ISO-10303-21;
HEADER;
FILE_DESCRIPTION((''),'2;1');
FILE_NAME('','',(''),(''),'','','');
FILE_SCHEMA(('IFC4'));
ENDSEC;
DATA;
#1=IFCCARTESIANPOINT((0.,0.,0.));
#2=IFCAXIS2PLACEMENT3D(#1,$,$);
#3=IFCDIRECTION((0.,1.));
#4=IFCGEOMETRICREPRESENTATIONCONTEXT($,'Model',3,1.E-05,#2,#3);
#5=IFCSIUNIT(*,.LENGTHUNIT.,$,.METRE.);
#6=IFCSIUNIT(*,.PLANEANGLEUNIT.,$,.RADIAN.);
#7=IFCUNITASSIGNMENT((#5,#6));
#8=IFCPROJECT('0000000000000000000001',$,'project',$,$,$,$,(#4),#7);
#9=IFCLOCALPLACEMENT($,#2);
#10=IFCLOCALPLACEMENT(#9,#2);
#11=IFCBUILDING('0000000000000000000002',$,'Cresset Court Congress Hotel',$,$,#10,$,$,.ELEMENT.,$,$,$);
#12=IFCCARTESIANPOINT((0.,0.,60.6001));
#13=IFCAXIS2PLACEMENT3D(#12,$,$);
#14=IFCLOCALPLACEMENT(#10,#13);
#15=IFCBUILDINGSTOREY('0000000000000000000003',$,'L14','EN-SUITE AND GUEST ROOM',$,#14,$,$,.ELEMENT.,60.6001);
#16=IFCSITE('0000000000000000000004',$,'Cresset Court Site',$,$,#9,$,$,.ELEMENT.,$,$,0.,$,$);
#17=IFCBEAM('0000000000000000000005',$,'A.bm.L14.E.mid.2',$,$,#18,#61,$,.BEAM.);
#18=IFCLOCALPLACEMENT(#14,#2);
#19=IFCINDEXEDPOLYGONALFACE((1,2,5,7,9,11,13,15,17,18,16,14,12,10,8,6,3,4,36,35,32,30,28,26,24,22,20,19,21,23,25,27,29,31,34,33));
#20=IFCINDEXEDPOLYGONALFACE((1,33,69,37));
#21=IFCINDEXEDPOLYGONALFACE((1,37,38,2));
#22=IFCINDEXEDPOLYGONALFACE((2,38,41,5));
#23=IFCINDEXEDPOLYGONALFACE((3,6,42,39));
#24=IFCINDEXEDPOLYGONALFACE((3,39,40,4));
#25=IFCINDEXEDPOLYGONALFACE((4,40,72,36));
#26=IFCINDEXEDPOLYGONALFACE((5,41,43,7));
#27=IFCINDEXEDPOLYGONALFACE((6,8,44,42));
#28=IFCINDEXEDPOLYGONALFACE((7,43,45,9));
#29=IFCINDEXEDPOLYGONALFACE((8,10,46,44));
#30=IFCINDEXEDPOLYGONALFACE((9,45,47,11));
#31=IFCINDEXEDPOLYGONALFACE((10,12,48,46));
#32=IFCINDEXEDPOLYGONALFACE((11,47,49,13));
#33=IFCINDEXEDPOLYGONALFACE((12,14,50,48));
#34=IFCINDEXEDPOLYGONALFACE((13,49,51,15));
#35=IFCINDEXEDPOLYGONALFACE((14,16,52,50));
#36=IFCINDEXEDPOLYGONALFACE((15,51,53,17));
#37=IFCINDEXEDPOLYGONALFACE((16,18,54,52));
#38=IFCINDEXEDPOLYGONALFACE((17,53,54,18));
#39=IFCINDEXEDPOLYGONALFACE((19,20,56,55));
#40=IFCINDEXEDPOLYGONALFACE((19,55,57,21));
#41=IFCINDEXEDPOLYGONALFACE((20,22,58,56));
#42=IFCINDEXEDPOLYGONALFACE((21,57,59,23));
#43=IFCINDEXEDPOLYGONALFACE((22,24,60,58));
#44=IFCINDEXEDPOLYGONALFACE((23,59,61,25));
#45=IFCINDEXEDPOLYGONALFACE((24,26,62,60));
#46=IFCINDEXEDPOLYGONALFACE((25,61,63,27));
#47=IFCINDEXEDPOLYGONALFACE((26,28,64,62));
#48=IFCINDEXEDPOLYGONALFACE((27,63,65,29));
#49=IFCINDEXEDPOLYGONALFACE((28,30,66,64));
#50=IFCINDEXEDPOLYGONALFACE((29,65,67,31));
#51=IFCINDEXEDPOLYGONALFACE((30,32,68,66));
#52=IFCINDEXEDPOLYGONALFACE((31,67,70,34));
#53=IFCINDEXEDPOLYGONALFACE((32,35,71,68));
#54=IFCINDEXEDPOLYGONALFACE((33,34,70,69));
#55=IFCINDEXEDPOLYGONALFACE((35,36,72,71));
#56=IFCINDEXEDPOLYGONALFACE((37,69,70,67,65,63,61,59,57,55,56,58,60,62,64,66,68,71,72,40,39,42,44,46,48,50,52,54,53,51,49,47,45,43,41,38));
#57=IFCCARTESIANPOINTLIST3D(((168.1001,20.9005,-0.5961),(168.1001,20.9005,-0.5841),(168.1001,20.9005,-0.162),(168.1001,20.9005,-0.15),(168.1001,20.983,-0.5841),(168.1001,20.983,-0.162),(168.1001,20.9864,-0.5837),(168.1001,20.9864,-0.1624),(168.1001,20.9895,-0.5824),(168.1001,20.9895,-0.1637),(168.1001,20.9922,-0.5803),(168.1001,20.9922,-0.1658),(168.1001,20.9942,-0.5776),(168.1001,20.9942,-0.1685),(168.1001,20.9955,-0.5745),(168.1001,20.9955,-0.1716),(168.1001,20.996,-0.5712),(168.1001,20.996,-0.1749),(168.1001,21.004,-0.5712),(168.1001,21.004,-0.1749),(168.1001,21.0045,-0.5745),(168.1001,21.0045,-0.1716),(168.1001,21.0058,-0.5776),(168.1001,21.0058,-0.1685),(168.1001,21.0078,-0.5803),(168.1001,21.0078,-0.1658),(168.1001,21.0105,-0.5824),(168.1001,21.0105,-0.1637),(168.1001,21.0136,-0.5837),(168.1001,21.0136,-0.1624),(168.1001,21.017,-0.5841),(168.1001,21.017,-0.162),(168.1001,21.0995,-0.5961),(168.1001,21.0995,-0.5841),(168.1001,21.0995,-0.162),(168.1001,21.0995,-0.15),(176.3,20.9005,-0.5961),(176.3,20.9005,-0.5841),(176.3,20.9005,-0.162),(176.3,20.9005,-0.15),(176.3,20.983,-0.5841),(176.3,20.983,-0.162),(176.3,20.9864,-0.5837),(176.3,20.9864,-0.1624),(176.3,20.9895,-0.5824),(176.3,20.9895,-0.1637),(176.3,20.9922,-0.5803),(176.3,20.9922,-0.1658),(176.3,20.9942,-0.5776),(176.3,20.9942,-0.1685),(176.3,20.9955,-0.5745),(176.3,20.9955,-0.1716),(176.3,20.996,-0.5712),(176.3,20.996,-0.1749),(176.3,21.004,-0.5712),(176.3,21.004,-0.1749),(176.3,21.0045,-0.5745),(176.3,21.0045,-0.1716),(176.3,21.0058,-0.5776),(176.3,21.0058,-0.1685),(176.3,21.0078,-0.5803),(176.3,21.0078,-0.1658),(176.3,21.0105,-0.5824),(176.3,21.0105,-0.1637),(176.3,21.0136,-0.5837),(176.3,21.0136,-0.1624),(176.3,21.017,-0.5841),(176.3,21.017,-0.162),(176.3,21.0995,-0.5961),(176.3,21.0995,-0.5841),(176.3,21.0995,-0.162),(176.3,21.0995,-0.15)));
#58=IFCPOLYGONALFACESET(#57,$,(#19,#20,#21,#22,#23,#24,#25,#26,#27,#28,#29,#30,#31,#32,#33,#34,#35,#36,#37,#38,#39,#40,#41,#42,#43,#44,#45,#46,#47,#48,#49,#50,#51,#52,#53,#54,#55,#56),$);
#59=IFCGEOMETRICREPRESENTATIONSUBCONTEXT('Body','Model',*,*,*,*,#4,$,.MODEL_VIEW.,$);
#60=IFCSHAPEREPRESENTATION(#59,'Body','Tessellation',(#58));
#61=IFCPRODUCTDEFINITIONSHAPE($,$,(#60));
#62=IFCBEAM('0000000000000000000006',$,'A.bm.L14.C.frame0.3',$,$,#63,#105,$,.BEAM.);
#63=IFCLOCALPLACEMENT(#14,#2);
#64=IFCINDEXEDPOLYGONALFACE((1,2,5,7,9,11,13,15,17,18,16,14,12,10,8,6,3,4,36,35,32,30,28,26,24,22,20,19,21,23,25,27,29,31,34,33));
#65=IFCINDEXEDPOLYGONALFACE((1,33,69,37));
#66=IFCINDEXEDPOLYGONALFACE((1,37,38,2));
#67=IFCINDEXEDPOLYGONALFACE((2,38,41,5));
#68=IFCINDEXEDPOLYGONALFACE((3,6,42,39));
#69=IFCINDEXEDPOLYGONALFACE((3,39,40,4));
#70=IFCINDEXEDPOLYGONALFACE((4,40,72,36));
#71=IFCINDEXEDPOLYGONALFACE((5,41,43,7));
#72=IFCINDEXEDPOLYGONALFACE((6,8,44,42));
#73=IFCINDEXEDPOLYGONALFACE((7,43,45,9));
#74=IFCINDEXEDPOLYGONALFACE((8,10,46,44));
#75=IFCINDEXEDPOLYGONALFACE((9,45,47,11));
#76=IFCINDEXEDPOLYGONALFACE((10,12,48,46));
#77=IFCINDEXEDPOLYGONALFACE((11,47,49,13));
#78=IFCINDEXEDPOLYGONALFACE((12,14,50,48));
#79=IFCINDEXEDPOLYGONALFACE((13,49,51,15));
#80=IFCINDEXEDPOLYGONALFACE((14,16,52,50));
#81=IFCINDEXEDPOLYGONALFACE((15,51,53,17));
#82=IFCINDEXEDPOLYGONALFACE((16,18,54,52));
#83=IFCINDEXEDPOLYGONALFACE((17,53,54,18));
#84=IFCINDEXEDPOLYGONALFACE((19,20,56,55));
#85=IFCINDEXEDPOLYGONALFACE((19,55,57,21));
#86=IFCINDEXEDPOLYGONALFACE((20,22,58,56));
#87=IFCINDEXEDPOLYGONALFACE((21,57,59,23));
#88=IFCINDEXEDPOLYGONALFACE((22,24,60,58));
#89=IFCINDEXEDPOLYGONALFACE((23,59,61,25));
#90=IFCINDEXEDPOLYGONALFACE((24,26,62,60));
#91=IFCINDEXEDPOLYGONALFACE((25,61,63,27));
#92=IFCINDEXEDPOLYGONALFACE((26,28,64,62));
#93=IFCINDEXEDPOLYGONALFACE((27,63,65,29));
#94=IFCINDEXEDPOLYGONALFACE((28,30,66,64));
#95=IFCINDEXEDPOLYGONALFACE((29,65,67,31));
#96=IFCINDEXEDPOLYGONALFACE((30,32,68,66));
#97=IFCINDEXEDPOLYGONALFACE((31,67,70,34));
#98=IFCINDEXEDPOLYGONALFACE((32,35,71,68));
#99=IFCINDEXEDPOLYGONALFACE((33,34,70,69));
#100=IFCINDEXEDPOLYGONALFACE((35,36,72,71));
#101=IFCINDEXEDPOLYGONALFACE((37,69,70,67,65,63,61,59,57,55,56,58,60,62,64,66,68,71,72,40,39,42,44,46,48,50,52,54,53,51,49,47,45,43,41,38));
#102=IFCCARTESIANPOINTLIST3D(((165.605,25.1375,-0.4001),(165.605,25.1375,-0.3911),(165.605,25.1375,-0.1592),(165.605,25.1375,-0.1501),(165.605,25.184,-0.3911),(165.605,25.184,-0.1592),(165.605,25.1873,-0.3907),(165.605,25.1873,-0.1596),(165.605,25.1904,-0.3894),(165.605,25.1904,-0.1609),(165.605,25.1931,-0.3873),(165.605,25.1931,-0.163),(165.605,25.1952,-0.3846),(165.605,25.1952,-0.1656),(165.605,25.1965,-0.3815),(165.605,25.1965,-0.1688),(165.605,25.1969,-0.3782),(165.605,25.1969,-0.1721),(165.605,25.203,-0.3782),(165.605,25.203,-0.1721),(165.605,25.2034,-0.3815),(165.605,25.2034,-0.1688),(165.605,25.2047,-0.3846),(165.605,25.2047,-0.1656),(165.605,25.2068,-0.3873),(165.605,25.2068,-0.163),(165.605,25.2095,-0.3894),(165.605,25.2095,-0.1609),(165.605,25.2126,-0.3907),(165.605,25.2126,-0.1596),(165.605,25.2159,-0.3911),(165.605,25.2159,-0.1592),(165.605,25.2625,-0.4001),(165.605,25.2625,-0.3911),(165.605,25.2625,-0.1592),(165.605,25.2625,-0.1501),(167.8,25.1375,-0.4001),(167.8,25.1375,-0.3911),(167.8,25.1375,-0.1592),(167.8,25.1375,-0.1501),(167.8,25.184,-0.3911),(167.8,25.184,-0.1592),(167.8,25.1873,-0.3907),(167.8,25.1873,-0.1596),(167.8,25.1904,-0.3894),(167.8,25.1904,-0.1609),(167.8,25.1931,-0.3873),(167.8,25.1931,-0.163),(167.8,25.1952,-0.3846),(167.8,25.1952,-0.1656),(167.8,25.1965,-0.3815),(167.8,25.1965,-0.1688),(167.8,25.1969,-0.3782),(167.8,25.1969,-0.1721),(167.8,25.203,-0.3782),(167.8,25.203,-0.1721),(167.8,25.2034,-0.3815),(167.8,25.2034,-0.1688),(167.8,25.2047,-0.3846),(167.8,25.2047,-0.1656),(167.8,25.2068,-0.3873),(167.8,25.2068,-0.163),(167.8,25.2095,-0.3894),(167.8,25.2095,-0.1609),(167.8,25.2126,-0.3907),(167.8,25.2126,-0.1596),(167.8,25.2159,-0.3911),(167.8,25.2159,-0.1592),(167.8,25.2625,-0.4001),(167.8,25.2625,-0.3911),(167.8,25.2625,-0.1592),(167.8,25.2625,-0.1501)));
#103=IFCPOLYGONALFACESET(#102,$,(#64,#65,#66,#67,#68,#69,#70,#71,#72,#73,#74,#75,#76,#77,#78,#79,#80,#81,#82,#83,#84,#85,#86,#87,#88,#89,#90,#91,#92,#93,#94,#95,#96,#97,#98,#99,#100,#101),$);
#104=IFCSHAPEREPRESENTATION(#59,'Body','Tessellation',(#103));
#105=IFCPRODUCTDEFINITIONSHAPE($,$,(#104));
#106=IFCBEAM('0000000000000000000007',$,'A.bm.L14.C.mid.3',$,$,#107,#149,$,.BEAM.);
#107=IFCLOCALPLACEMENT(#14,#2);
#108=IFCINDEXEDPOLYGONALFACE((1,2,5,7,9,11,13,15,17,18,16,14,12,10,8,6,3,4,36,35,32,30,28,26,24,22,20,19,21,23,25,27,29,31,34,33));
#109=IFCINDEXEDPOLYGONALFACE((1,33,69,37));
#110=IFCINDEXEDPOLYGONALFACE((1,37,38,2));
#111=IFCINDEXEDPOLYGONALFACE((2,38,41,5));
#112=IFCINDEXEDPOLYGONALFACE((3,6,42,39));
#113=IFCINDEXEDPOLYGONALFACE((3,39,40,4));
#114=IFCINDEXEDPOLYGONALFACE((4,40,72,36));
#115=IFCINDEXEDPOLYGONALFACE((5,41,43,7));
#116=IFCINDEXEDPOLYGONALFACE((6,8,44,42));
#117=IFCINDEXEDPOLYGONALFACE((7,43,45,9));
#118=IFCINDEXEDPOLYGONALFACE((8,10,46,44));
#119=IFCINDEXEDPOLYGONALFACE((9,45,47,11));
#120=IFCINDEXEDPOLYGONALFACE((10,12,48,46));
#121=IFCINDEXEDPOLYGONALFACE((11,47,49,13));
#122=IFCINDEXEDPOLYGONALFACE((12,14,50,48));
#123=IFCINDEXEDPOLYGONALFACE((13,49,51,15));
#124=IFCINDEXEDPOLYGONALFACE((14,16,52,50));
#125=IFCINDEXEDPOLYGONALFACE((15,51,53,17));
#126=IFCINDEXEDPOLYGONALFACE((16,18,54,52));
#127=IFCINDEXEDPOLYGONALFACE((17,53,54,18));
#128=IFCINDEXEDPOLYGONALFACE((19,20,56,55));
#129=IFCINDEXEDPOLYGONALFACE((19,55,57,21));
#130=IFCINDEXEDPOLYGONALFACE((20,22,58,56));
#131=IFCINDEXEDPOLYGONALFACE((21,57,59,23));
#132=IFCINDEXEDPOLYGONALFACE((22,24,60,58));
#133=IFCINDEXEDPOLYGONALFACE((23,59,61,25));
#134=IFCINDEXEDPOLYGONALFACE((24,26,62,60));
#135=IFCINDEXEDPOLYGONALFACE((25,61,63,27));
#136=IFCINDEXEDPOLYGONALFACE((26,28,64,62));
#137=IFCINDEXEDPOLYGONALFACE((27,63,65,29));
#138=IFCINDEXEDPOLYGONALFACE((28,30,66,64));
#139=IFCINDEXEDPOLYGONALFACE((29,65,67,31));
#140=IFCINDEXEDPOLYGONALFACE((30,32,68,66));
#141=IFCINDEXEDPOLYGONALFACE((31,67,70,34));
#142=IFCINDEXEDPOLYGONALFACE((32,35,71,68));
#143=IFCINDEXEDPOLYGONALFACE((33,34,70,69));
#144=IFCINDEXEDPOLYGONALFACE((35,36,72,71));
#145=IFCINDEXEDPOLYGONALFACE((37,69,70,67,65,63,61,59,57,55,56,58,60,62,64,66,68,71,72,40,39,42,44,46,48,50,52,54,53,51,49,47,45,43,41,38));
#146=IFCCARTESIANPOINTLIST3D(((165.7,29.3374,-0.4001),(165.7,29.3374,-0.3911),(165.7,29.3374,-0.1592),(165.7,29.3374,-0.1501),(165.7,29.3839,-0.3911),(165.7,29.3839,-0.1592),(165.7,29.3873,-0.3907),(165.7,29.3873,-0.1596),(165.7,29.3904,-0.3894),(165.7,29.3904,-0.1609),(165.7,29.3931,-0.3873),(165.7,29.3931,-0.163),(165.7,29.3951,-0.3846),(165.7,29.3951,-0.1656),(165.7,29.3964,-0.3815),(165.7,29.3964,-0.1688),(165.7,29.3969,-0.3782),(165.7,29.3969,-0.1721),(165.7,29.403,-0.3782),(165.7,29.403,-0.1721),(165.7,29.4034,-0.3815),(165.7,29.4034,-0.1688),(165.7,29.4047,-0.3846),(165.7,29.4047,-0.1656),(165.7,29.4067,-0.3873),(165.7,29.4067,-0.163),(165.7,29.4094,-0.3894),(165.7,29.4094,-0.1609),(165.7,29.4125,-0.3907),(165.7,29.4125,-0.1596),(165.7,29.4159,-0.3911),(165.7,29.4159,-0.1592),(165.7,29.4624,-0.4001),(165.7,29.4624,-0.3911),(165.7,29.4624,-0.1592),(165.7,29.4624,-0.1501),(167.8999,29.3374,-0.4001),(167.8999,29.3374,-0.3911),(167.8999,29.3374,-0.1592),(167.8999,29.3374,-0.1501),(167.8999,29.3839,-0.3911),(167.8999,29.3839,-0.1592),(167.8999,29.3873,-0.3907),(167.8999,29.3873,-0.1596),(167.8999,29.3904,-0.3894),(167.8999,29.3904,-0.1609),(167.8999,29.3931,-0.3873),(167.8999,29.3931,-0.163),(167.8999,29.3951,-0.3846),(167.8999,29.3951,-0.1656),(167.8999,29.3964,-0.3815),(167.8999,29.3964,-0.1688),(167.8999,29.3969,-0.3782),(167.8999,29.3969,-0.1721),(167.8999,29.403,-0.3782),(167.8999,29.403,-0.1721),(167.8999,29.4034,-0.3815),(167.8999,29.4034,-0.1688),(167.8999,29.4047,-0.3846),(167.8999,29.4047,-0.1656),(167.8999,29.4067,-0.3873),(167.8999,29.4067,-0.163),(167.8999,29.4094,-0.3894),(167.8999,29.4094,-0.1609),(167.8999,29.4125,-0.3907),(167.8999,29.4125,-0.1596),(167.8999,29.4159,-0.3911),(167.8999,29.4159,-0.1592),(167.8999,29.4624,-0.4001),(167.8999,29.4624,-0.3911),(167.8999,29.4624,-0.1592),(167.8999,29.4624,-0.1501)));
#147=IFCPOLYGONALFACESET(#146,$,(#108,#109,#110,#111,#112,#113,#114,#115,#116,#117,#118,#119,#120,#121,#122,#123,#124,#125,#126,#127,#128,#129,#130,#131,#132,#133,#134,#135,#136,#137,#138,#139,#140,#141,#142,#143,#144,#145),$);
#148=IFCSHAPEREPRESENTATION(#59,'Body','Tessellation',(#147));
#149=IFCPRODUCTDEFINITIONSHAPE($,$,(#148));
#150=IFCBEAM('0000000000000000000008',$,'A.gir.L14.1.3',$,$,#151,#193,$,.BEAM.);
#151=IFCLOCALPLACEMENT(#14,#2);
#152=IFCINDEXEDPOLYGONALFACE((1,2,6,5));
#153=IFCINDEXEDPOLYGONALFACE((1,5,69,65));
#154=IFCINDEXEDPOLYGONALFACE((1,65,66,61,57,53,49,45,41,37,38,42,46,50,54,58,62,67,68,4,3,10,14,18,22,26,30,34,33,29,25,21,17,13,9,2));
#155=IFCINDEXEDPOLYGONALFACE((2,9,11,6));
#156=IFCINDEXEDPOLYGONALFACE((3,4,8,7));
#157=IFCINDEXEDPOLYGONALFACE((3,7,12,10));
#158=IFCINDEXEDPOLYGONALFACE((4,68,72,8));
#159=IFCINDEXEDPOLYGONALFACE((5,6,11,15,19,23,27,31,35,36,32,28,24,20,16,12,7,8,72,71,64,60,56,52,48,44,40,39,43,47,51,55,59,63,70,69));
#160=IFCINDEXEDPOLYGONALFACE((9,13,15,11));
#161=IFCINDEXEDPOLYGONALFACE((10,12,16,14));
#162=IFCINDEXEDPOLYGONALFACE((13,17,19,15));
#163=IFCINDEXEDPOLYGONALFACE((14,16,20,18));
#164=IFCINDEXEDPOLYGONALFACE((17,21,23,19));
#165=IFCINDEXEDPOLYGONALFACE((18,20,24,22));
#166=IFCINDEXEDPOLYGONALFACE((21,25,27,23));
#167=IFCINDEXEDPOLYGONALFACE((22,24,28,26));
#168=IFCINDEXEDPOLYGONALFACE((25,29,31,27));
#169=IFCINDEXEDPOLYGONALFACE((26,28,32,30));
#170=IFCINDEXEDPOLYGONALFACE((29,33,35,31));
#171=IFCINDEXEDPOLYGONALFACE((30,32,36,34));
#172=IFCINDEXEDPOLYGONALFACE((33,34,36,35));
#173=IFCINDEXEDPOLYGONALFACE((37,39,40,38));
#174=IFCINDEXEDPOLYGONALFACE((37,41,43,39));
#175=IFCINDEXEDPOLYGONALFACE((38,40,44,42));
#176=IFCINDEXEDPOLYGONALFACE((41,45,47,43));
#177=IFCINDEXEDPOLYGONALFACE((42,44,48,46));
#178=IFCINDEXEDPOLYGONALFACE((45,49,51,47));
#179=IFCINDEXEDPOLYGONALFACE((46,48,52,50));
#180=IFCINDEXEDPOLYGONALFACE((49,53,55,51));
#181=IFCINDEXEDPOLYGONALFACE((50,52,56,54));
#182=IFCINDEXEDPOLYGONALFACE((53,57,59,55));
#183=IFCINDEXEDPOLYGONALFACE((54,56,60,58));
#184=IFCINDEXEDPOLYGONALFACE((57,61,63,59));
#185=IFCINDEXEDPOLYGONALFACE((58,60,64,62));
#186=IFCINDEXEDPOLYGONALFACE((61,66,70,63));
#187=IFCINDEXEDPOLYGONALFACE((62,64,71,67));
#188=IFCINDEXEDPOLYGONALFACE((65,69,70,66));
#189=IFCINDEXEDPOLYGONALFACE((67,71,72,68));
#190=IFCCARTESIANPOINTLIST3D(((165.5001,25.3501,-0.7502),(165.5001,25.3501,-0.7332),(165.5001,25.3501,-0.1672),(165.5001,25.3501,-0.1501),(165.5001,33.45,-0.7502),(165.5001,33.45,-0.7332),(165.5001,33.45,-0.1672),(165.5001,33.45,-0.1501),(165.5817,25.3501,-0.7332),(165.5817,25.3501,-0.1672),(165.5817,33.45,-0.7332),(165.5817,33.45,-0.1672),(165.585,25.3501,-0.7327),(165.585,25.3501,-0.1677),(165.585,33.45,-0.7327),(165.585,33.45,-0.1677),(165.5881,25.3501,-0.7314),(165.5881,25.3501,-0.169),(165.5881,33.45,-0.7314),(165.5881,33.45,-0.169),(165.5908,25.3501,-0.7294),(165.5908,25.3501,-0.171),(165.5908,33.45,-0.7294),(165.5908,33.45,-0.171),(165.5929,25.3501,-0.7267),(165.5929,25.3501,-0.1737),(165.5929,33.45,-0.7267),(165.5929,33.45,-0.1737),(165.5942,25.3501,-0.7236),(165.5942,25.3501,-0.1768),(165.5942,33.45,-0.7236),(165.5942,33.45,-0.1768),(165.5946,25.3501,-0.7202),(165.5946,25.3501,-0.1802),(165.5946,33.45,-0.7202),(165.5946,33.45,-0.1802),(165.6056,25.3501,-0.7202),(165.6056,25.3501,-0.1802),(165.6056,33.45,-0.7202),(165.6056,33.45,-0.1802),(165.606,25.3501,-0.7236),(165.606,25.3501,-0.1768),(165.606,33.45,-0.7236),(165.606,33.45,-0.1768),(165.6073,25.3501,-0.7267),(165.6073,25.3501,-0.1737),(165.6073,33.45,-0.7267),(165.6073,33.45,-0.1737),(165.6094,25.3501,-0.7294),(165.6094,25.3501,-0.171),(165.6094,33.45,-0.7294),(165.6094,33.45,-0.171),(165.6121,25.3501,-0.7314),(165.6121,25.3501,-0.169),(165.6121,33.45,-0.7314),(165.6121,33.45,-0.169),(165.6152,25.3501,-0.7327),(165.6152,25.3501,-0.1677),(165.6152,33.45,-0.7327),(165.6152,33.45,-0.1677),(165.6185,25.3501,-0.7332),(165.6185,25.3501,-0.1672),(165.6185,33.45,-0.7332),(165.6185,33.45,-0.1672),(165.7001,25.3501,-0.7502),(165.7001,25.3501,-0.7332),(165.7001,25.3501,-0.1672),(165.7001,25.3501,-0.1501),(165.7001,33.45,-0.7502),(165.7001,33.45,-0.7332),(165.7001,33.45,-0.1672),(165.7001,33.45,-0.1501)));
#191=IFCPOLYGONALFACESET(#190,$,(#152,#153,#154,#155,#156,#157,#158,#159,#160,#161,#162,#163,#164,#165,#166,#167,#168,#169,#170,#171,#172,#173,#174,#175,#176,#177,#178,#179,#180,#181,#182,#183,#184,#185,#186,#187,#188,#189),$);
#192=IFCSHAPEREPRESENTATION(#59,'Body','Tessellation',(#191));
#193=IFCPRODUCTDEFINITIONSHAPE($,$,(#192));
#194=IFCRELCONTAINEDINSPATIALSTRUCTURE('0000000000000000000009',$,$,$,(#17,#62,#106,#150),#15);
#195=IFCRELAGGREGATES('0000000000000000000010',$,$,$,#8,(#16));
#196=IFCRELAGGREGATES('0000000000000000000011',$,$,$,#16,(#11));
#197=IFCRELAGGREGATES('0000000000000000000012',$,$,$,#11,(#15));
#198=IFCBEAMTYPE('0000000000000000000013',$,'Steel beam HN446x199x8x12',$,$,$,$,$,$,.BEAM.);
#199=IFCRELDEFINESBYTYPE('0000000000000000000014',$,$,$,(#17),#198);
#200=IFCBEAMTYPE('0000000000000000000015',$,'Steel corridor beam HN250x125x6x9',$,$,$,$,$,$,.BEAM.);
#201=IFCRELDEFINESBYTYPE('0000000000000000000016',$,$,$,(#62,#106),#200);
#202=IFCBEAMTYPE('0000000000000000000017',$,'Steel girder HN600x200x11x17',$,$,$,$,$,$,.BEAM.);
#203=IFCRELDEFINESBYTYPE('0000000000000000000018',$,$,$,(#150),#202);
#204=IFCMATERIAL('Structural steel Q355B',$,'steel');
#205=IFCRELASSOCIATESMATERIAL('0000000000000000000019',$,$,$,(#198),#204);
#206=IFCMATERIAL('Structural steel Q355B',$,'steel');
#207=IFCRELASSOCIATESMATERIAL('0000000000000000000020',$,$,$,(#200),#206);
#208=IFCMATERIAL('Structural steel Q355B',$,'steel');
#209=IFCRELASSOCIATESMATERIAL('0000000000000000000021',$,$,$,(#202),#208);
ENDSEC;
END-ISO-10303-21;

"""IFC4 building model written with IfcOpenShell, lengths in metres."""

from ifc_helpers import new_model, si_unit, direction, frame, origin, origin_2d, place, context, subcontext, project, spatial, i_section, extrude, material, material_profile, profile_set, type_object, element, save


model = new_model("IFC4")

# Units and contexts
model_context = context("Model", 3, precision=1e-05, world=origin(), true_north=direction((0.0, 1.0)))
body_context = subcontext(model_context, "Body", "Model", "MODEL_VIEW")
ifc_project = project(units=[si_unit("LENGTHUNIT", "METRE"), si_unit("PLANEANGLEUNIT", "RADIAN")], contexts=[model_context])

# Site, building, storey
site_placement = place(None, origin())
site = spatial("IfcSite", under=ifc_project, at=site_placement, Name="Cresset Court Site", CompositionType="ELEMENT", RefElevation=0.0)
building_placement = place(site_placement, origin())
building = spatial("IfcBuilding", under=site, at=building_placement, Name="Cresset Court Congress Hotel", CompositionType="ELEMENT")
storey_placement = place(building_placement, frame((0.0, 0.0, 60.6001)))
storey = spatial("IfcBuildingStorey", under=building, at=storey_placement, Name="L14", Description="EN-SUITE AND GUEST ROOM", CompositionType="ELEMENT", Elevation=60.6001)

# Beams
ifc_material_1 = material(Name="Structural steel Q355B", Category="steel")
ifc_material_profile_1 = material_profile(ifc_material_1, i_section(OverallWidth=0.199, OverallDepth=0.446, WebThickness=0.0081, FlangeThickness=0.012, FilletRadius=0.0129, at=origin_2d()), Name="HN446x199x8x12")
ifc_profile_set_1 = profile_set([ifc_material_profile_1], Name="Structural steel Q355B")
beam_type_1 = type_object("IfcBeamType", Name="Steel beam HN446x199x8x12", PredefinedType="BEAM", material=ifc_profile_set_1)
beam_1_placement = place(storey_placement, frame((168.1001, 21.0, -0.373), z_axis=(1.0, 0.0, 0.0), x_axis=(0.0, 1.0, 0.0)))
element("IfcBeam", 1, at=beam_1_placement, inside=storey, type_object=beam_type_1, Name="A.bm.L14.E.mid.2", PredefinedType="BEAM", context=body_context, shape_type="SweptSolid", body=[
    extrude(i_section(OverallWidth=0.199, OverallDepth=0.446, WebThickness=0.0081, FlangeThickness=0.012, FilletRadius=0.0129, at=origin_2d()), origin(), (0.0, 0.0, 1.0), 8.2),
])
ifc_material_2 = material(Name="Structural steel Q355B", Category="steel")
ifc_material_profile_2 = material_profile(ifc_material_2, i_section(OverallWidth=0.125, OverallDepth=0.25, WebThickness=0.0061, FlangeThickness=0.009, FilletRadius=0.0129, at=origin_2d()), Name="HN250x125x6x9")
ifc_profile_set_2 = profile_set([ifc_material_profile_2], Name="Structural steel Q355B")
beam_type_2 = type_object("IfcBeamType", Name="Steel corridor beam HN250x125x6x9", PredefinedType="BEAM", material=ifc_profile_set_2)
beam_2_placement = place(storey_placement, frame((165.605, 25.2, -0.2751), z_axis=(1.0, 0.0, 0.0), x_axis=(0.0, 1.0, 0.0)))
element("IfcBeam", 2, at=beam_2_placement, inside=storey, type_object=beam_type_2, Name="A.bm.L14.C.frame0.3", PredefinedType="BEAM", context=body_context, shape_type="SweptSolid", body=[
    extrude(i_section(OverallWidth=0.125, OverallDepth=0.25, WebThickness=0.0061, FlangeThickness=0.009, FilletRadius=0.0129, at=origin_2d()), origin(), (0.0, 0.0, 1.0), 2.1951),
])
beam_3_placement = place(storey_placement, frame((165.7, 29.3999, -0.2751), z_axis=(1.0, 0.0, 0.0), x_axis=(0.0, 1.0, 0.0)))
element("IfcBeam", 3, at=beam_3_placement, inside=storey, type_object=beam_type_2, Name="A.bm.L14.C.mid.3", PredefinedType="BEAM", context=body_context, shape_type="SweptSolid", body=[
    extrude(i_section(OverallWidth=0.125, OverallDepth=0.25, WebThickness=0.0061, FlangeThickness=0.009, FilletRadius=0.0129, at=origin_2d()), origin(), (0.0, 0.0, 1.0), 2.2),
])
ifc_material_3 = material(Name="Structural steel Q355B", Category="steel")
ifc_material_profile_3 = material_profile(ifc_material_3, i_section(OverallWidth=0.2, OverallDepth=0.6001, WebThickness=0.011, FlangeThickness=0.0171, FilletRadius=0.0129, at=origin_2d()), Name="HN600x200x11x17")
ifc_profile_set_3 = profile_set([ifc_material_profile_3], Name="Structural steel Q355B")
beam_type_3 = type_object("IfcBeamType", Name="Steel girder HN600x200x11x17", PredefinedType="BEAM", material=ifc_profile_set_3)
beam_4_placement = place(storey_placement, frame((165.6001, 25.3501, -0.4502), z_axis=(0.0, 1.0, 0.0), x_axis=(-1.0, 0.0, 0.0)))
element("IfcBeam", 4, at=beam_4_placement, inside=storey, type_object=beam_type_3, Name="A.gir.L14.1.3", PredefinedType="BEAM", context=body_context, shape_type="SweptSolid", body=[
    extrude(i_section(OverallWidth=0.2, OverallDepth=0.6001, WebThickness=0.011, FlangeThickness=0.0171, FilletRadius=0.0129, at=origin_2d()), origin(), (0.0, 0.0, 1.0), 8.0999),
])

save(model, "model.ifc")
